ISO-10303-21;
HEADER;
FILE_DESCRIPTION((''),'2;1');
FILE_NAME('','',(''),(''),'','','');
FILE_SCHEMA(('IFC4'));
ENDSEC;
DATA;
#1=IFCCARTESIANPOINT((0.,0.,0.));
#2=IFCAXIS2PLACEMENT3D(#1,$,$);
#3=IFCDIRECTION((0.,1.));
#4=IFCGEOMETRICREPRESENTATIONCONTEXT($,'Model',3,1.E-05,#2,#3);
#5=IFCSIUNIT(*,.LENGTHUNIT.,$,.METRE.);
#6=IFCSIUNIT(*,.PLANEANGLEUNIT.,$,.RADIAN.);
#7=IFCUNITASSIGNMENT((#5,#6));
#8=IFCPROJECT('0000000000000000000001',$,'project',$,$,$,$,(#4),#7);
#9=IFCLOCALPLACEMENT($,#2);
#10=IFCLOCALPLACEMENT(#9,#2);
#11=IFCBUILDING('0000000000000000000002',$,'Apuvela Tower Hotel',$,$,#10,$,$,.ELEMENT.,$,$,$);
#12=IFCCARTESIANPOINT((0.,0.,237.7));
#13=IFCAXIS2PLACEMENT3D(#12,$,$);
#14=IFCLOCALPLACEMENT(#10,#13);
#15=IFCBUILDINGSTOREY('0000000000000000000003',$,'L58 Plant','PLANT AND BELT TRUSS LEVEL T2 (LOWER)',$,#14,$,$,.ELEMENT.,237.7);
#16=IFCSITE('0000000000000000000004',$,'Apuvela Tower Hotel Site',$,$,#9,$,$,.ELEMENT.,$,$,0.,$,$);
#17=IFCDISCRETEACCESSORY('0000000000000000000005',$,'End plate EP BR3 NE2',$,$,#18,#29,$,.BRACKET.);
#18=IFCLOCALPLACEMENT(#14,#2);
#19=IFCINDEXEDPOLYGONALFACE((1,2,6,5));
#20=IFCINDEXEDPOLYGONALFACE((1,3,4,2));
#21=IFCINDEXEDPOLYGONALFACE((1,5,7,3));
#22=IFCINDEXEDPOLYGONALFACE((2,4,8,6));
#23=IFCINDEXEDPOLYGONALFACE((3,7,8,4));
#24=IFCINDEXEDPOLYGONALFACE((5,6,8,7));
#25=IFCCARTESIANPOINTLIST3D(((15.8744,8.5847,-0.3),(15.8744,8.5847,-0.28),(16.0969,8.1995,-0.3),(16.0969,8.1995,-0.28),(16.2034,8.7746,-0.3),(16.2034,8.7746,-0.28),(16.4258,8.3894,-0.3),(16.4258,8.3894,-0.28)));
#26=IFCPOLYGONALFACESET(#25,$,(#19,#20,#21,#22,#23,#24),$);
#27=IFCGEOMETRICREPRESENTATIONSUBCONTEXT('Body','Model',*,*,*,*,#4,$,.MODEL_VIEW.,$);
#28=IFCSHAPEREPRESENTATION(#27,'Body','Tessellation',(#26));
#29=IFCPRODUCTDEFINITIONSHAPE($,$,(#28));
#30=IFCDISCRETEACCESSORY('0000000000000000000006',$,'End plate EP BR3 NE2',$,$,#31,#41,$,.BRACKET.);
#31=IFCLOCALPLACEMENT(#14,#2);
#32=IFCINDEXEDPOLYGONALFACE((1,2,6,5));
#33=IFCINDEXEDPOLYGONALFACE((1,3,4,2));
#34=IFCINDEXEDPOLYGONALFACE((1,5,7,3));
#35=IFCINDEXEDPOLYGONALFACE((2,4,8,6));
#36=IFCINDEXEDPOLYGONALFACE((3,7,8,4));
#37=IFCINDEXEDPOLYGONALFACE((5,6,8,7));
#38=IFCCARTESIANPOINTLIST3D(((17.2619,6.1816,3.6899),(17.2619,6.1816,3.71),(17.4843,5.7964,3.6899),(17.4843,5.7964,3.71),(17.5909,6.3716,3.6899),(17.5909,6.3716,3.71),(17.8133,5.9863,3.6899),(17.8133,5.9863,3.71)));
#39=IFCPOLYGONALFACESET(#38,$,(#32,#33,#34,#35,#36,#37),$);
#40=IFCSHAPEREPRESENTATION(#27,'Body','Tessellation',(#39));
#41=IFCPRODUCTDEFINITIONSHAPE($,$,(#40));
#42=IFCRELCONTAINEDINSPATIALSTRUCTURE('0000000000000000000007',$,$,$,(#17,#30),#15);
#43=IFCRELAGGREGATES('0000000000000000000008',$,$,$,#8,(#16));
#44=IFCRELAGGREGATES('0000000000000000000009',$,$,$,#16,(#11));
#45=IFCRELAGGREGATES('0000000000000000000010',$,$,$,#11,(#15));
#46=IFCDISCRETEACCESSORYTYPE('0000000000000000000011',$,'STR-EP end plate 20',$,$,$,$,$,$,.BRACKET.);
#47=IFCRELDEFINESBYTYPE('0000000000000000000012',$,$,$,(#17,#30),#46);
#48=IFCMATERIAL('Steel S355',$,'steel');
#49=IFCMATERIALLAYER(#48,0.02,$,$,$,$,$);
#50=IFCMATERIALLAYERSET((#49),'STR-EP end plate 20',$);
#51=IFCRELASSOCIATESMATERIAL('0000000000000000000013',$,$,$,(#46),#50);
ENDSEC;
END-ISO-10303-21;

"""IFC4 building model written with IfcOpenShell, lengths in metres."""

from ifc_helpers import new_model, si_unit, direction, frame, origin, origin_2d, place, context, subcontext, project, spatial, rectangle, extrude, material, layer, layer_set, type_object, element, save


model = new_model("IFC4")

# Units and contexts
model_context = context("Model", 3, precision=1e-05, world=origin(), true_north=direction((0.0, 1.0)))
body_context = subcontext(model_context, "Body", "Model", "MODEL_VIEW")
ifc_project = project(units=[si_unit("LENGTHUNIT", "METRE"), si_unit("PLANEANGLEUNIT", "RADIAN")], contexts=[model_context])

# Site, building, storey
site_placement = place(None, origin())
site = spatial("IfcSite", under=ifc_project, at=site_placement, Name="Apuvela Tower Hotel Site", CompositionType="ELEMENT", RefElevation=0.0)
building_placement = place(site_placement, origin())
building = spatial("IfcBuilding", under=site, at=building_placement, Name="Apuvela Tower Hotel", CompositionType="ELEMENT")
storey_placement = place(building_placement, frame((0.0, 0.0, 237.7)))
storey = spatial("IfcBuildingStorey", under=building, at=storey_placement, Name="L58 Plant", Description="PLANT AND BELT TRUSS LEVEL T2 (LOWER)", CompositionType="ELEMENT", Elevation=237.7)

# Shared definitions
ifc_material_1 = material(Name="Steel S355", Category="steel")

# Discrete accessories
ifc_layer_1 = layer(ifc_material_1, 0.02)
ifc_layer_set_1 = layer_set([ifc_layer_1], Name="STR-EP end plate 20")
discrete_accessory_type_1 = type_object("IfcDiscreteAccessoryType", Name="STR-EP end plate 20", PredefinedType="BRACKET", material=ifc_layer_set_1)
for number, where, z_axis, x_axis, name in (
    (1, (16.1501, 8.4871, -0.3), (0.0, 0.0, 1.0), (0.5, -0.866025, 0.0), "End plate EP BR3 NE2"),
    (2, (17.5376, 6.084, 3.6899), (0.0, 0.0, 1.0), (0.5, -0.866025, 0.0), "End plate EP BR3 NE2"),
):
    element("IfcDiscreteAccessory", number, at=place(storey_placement, frame(where, z_axis=z_axis, x_axis=x_axis)), inside=storey, type_object=discrete_accessory_type_1, Name=name, PredefinedType="BRACKET", context=body_context, shape_type="SweptSolid", body=[
        extrude(rectangle(XDim=0.4448, YDim=0.3799, at=origin_2d()), origin(), (0.0, 0.0, 1.0), 0.02),
    ])

save(model, "model.ifc")
